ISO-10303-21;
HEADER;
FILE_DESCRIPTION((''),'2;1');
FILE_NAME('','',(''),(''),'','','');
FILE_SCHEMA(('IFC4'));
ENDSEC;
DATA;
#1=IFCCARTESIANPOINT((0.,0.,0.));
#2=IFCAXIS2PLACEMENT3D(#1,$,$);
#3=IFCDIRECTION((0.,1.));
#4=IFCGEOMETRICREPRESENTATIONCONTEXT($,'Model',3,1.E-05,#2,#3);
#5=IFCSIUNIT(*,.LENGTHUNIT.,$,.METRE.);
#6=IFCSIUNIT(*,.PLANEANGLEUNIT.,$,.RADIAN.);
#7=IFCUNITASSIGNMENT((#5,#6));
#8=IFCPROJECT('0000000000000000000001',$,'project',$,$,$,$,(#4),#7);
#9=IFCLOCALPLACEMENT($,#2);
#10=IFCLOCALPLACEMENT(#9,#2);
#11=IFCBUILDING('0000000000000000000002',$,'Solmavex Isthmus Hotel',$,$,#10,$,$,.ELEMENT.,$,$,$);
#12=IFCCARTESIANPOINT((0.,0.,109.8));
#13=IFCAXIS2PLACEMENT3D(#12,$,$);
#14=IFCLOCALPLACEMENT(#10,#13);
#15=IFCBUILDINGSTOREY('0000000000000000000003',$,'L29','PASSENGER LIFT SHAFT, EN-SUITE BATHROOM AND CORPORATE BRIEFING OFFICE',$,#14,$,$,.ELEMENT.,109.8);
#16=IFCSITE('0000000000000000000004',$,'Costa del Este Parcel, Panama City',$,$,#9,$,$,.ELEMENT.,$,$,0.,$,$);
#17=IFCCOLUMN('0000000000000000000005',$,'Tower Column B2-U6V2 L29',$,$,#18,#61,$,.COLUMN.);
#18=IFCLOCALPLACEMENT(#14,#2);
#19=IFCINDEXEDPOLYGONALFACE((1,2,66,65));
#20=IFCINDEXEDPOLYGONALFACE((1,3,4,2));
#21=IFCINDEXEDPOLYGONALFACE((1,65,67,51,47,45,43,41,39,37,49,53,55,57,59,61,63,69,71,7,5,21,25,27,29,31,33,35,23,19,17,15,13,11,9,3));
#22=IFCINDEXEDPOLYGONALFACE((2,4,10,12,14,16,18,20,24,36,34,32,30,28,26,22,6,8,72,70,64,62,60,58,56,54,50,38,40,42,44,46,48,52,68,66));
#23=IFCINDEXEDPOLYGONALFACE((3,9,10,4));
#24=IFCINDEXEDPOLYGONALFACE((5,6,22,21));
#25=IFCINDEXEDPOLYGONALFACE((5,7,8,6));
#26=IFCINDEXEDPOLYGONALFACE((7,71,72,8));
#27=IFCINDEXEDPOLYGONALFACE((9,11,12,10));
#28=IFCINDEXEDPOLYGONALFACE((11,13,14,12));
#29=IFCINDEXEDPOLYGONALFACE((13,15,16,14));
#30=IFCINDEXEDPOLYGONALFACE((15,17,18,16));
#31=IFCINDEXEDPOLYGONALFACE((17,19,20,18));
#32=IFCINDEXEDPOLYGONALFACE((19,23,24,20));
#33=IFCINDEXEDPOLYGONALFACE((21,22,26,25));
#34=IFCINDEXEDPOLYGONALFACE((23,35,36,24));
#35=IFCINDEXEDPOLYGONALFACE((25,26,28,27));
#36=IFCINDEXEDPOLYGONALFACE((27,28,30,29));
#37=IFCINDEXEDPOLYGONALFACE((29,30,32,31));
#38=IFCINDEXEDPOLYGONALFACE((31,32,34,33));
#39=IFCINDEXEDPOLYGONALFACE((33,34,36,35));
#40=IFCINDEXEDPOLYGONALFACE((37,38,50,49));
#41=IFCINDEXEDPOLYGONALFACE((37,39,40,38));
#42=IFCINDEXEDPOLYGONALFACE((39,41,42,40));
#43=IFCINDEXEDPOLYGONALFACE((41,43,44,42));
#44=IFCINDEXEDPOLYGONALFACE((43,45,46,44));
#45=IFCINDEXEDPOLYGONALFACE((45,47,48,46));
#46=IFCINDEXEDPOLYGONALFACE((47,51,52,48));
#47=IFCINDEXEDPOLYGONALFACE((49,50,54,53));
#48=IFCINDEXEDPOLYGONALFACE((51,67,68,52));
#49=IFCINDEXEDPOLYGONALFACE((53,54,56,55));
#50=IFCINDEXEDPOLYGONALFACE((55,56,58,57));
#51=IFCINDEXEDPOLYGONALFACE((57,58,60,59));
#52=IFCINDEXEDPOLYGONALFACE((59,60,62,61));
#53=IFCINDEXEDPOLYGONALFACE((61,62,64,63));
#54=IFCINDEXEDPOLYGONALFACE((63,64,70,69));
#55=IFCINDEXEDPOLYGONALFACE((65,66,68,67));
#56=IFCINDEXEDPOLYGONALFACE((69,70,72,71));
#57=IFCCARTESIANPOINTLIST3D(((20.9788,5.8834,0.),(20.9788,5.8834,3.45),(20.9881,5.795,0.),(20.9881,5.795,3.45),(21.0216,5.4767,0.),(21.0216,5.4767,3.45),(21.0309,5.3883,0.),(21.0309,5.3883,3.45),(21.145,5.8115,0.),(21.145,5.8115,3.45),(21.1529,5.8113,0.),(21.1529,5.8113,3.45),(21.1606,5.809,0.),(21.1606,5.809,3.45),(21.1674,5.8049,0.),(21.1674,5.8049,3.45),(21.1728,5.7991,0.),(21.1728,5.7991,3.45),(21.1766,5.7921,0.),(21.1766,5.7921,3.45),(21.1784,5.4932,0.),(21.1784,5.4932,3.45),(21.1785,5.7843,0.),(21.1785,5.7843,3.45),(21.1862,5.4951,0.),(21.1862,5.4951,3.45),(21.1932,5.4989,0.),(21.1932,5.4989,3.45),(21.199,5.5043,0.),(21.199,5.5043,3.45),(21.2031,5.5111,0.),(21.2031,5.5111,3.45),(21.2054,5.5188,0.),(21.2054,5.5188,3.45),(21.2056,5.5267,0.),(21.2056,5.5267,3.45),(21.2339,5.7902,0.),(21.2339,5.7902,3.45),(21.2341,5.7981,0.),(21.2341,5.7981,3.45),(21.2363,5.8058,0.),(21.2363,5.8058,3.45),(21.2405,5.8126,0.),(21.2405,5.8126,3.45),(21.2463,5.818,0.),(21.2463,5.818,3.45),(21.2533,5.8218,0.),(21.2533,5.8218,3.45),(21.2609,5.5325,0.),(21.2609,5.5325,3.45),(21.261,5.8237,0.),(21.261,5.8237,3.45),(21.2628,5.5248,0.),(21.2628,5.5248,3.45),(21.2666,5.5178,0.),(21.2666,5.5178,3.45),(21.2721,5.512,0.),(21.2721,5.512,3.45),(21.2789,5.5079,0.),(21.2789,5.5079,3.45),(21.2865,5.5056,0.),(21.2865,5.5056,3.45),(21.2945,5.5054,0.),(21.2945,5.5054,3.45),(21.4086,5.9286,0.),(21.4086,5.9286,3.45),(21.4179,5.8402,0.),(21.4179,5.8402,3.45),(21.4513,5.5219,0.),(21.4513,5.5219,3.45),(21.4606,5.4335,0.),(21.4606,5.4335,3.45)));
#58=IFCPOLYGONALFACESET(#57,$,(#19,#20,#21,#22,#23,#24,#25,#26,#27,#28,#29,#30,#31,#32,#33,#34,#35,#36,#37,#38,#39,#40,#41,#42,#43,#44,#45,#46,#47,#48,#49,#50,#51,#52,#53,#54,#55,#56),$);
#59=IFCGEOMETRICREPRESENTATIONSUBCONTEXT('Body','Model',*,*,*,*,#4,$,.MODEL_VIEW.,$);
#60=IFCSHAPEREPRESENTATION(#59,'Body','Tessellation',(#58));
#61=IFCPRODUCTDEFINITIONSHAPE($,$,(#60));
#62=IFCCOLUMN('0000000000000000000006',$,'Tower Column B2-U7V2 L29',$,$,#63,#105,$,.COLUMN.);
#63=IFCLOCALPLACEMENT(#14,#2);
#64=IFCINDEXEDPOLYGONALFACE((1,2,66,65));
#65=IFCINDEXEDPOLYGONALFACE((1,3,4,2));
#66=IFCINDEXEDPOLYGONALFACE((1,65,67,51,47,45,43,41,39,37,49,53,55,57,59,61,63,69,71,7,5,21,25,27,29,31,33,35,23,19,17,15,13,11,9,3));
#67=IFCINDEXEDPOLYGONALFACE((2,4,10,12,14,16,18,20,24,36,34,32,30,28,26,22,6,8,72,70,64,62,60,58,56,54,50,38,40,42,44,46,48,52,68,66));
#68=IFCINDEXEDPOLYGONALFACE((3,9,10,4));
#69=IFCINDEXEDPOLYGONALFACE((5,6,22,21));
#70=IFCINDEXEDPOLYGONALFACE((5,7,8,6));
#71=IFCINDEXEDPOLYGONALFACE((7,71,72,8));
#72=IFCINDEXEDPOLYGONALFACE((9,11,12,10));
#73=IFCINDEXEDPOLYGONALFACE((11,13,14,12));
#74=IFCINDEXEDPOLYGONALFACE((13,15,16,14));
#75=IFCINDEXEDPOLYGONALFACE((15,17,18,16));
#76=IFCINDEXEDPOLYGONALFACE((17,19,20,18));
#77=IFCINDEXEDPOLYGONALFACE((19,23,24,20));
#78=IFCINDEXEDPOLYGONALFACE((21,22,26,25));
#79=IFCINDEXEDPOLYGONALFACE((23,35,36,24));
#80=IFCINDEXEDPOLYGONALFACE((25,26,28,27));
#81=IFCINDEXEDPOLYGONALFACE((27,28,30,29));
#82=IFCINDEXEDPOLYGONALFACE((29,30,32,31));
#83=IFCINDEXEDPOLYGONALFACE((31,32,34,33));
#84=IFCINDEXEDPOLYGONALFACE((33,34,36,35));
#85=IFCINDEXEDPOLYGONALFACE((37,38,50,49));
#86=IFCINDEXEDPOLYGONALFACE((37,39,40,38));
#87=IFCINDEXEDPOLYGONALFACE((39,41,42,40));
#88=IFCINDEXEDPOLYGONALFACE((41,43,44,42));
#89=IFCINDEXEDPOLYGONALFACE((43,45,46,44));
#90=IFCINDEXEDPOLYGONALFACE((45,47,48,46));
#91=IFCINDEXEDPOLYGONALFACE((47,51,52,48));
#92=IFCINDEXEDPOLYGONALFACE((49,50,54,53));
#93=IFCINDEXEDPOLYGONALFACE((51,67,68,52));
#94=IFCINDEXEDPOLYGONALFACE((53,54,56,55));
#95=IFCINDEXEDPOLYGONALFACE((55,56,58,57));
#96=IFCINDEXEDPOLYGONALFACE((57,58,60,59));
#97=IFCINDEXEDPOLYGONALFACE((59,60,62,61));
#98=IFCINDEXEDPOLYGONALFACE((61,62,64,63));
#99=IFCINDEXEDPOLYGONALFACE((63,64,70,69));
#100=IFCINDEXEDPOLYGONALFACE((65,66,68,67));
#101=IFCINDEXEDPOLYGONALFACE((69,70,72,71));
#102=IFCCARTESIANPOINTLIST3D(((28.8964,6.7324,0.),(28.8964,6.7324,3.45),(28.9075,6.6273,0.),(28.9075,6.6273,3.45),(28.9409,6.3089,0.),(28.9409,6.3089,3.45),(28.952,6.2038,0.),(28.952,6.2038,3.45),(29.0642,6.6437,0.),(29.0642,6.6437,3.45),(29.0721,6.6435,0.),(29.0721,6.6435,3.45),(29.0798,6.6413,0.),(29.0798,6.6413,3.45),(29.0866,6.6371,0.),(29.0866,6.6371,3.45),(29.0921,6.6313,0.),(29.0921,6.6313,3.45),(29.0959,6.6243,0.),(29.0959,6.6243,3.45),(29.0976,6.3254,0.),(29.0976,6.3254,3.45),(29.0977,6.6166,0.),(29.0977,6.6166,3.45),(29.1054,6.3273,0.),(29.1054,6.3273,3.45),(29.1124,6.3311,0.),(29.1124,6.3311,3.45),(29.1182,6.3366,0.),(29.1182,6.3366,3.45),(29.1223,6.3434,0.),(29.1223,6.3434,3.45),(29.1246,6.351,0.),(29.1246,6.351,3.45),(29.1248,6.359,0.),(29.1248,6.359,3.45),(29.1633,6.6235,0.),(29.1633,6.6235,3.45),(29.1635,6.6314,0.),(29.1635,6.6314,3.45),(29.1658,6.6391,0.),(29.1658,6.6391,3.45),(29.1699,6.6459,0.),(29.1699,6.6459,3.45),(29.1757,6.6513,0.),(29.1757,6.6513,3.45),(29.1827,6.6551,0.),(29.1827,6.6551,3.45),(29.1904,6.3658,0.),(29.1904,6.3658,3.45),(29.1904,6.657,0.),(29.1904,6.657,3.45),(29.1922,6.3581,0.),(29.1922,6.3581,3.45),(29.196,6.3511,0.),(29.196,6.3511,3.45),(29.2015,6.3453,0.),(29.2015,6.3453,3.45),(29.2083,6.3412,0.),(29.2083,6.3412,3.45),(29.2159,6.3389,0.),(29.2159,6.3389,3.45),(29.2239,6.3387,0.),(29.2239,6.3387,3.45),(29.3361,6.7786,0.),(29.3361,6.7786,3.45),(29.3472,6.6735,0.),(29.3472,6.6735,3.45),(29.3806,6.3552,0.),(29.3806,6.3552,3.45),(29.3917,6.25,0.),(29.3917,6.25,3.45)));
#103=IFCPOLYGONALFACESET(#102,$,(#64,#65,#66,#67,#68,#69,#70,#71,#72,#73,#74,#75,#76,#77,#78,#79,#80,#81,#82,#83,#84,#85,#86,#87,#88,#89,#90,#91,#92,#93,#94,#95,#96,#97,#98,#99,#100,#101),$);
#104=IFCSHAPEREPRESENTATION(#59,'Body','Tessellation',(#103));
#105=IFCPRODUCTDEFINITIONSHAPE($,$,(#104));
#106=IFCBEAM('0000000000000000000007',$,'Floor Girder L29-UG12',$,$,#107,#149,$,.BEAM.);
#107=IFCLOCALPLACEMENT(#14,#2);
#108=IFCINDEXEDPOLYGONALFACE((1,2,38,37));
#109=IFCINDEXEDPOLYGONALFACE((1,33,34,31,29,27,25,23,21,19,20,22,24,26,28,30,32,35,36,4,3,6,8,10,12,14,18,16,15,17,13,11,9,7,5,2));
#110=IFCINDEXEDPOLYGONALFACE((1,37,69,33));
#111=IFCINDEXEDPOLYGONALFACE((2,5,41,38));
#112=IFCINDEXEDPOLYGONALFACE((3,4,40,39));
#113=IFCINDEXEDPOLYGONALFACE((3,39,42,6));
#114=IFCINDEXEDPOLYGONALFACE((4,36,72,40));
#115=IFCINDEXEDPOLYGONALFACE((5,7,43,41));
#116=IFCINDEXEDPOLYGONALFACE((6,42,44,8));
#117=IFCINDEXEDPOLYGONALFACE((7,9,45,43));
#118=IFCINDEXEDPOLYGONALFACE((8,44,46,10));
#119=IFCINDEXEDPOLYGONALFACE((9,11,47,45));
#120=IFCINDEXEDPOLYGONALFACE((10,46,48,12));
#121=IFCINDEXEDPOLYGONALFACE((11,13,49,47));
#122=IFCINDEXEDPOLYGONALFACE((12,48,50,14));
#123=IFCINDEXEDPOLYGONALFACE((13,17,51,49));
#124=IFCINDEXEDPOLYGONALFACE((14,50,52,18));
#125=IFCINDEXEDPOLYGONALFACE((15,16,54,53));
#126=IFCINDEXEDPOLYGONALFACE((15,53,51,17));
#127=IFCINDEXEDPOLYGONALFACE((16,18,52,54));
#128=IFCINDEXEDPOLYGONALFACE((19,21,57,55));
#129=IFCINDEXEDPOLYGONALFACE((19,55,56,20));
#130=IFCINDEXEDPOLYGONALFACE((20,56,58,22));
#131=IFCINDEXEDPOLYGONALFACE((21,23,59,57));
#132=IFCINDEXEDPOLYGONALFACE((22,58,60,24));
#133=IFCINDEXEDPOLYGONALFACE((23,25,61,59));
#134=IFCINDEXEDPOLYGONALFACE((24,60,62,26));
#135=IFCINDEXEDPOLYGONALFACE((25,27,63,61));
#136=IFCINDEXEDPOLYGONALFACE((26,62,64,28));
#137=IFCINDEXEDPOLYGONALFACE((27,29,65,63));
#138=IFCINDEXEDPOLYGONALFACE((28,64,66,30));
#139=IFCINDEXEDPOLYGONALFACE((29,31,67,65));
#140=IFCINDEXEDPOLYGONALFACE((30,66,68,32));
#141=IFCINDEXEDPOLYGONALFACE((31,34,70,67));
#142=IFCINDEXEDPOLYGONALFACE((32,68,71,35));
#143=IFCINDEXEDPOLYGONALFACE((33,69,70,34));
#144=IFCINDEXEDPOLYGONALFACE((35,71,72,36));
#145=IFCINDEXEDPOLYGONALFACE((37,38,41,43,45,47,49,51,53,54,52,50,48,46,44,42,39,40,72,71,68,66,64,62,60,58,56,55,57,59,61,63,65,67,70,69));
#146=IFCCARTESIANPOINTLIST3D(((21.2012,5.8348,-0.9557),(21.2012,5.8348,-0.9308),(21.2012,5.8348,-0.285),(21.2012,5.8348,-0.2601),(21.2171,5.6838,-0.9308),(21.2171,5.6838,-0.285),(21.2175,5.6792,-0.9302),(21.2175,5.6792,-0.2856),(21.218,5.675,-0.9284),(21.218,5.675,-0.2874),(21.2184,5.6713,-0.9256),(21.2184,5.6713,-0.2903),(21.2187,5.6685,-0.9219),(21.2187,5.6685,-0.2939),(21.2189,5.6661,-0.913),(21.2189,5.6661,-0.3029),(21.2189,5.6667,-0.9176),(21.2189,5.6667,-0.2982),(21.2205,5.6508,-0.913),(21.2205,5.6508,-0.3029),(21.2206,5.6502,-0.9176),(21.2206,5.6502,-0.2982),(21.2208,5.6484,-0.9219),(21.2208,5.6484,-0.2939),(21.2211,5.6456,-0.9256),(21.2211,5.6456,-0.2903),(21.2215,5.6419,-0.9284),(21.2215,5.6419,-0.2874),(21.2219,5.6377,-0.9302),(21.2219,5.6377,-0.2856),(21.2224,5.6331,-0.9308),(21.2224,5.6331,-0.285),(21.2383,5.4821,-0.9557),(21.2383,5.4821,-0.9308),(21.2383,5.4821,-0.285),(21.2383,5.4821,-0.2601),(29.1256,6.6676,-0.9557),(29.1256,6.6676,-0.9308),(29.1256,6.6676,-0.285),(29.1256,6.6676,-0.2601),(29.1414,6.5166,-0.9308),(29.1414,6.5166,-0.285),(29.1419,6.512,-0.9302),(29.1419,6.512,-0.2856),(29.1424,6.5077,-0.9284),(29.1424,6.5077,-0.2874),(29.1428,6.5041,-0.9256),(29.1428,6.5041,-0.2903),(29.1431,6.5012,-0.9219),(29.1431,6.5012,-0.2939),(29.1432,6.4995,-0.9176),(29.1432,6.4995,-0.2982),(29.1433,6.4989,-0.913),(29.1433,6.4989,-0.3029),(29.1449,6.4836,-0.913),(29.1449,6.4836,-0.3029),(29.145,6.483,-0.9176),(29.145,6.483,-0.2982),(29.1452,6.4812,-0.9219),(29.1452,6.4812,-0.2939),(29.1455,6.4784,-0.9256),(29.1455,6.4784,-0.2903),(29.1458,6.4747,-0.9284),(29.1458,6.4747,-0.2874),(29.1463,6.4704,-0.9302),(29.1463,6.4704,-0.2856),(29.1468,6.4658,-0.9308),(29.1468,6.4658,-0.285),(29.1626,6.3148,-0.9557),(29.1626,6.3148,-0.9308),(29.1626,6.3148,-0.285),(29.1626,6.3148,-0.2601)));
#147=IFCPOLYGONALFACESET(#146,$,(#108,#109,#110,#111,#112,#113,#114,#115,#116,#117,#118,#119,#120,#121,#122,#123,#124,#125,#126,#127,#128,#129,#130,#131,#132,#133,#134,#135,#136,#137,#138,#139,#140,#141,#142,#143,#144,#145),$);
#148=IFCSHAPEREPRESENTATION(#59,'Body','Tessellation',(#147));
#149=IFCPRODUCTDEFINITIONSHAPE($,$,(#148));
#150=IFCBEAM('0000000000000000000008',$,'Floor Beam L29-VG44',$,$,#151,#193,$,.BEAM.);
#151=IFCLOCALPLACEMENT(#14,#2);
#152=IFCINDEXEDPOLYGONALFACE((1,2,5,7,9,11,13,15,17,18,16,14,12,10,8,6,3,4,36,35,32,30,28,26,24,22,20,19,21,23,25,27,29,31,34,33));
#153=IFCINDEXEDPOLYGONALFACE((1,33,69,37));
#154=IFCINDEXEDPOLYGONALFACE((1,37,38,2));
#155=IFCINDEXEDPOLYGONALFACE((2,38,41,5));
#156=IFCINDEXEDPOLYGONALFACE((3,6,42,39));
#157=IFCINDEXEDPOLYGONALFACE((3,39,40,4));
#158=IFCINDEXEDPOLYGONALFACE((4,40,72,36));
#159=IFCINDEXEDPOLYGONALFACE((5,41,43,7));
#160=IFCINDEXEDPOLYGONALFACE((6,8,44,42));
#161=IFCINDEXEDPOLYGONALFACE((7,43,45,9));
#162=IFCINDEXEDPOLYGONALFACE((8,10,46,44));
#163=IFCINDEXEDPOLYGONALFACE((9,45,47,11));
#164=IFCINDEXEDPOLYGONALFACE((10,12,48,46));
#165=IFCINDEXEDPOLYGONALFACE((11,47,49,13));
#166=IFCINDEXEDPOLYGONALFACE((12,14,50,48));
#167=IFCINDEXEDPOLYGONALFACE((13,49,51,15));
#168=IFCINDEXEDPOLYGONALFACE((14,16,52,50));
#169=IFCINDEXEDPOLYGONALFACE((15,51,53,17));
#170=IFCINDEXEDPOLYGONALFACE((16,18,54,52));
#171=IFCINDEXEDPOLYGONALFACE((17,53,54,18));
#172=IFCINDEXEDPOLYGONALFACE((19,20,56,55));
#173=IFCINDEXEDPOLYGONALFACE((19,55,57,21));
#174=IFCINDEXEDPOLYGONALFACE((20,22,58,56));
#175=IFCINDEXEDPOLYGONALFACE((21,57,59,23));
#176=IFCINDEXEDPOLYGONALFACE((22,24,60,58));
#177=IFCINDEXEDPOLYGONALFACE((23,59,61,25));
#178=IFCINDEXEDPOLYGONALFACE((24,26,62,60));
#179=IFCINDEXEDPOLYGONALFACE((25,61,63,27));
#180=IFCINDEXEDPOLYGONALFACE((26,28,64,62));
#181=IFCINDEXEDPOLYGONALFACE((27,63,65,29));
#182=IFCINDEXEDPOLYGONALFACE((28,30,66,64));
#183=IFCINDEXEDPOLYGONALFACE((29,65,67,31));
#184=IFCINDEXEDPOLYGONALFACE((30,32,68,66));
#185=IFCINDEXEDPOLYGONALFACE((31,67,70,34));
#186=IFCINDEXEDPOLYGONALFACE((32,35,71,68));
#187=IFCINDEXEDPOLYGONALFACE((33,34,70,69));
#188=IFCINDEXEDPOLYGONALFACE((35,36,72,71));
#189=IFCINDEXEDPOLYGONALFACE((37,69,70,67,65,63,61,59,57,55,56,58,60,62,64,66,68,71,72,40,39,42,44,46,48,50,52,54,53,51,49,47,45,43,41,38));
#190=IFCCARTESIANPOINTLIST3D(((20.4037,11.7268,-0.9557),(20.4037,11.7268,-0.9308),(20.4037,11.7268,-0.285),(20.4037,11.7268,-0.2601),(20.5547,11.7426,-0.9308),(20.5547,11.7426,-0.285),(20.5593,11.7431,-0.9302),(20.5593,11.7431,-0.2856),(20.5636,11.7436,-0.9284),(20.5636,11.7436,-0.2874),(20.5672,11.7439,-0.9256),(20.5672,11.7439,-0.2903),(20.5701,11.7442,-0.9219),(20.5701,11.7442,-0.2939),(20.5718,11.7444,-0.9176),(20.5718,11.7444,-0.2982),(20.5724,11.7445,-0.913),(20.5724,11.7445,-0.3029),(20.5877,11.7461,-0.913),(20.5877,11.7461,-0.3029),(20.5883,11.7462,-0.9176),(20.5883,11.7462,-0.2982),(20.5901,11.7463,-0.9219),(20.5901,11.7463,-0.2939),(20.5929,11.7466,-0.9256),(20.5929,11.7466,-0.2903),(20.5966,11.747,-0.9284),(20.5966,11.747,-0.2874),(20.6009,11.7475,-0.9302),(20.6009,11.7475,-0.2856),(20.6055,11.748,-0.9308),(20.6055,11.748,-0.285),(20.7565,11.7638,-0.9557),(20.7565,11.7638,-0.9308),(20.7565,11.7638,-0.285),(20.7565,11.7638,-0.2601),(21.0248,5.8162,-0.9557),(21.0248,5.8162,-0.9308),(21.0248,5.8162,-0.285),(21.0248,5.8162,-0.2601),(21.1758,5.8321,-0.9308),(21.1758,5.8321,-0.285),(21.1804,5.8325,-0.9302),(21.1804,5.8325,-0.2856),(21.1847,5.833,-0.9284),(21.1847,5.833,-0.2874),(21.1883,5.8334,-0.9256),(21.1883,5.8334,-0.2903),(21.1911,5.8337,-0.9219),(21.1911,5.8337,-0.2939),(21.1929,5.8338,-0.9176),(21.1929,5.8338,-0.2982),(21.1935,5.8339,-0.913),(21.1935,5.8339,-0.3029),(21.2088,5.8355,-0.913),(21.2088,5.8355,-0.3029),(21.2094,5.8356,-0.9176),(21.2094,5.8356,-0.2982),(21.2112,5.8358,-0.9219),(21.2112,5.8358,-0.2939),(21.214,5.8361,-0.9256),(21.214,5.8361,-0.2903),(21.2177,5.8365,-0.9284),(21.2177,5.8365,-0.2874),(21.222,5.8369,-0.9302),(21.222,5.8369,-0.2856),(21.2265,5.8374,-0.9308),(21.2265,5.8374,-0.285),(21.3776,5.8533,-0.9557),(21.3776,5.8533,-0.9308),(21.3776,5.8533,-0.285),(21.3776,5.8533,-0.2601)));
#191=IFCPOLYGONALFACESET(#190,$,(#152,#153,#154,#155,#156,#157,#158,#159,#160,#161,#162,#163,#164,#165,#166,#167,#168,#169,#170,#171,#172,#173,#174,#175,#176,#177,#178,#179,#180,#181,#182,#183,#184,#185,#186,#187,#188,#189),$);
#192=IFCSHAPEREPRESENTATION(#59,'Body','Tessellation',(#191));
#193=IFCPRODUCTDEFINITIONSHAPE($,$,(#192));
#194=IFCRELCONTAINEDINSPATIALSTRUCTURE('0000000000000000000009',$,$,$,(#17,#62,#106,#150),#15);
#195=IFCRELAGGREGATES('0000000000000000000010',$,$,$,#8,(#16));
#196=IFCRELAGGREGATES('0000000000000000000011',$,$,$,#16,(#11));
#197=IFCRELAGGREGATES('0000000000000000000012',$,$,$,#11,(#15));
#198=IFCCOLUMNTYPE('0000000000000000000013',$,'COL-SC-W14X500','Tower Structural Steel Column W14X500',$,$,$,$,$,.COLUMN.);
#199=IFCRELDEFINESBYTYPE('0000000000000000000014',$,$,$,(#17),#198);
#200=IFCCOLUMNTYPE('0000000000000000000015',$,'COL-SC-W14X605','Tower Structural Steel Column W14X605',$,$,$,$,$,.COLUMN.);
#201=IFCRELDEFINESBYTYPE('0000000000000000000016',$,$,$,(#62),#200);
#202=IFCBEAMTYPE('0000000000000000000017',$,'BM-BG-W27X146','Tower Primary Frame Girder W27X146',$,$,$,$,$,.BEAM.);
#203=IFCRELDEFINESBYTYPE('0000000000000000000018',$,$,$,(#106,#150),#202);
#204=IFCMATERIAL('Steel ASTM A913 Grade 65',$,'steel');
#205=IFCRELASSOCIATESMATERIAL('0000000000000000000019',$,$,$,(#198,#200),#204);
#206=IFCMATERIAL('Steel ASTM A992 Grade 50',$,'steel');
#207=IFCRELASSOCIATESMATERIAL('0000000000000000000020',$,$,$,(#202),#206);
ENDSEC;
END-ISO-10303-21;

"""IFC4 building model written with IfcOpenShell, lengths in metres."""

from ifc_helpers import new_model, si_unit, direction, frame, origin, origin_2d, place, context, subcontext, project, spatial, i_section, extrude, material, material_profile, profile_set, type_object, element, save


model = new_model("IFC4")

# Units and contexts
model_context = context("Model", 3, precision=1e-05, world=origin(), true_north=direction((0.0, 1.0)))
body_context = subcontext(model_context, "Body", "Model", "MODEL_VIEW")
ifc_project = project(units=[si_unit("LENGTHUNIT", "METRE"), si_unit("PLANEANGLEUNIT", "RADIAN")], contexts=[model_context])

# Site, building, storey
site_placement = place(None, origin())
site = spatial("IfcSite", under=ifc_project, at=site_placement, Name="Costa del Este Parcel, Panama City", CompositionType="ELEMENT", RefElevation=0.0)
building_placement = place(site_placement, origin())
building = spatial("IfcBuilding", under=site, at=building_placement, Name="Solmavex Isthmus Hotel", CompositionType="ELEMENT")
storey_placement = place(building_placement, frame((0.0, 0.0, 109.8)))
storey = spatial("IfcBuildingStorey", under=building, at=storey_placement, Name="L29", Description="PASSENGER LIFT SHAFT, EN-SUITE BATHROOM AND CORPORATE BRIEFING OFFICE", CompositionType="ELEMENT", Elevation=109.8)

# Columns
ifc_material_1 = material(Name="Steel ASTM A913 Grade 65", Category="steel")
ifc_material_profile_1 = material_profile(ifc_material_1, i_section(OverallWidth=0.4321, OverallDepth=0.4978, WebThickness=0.0557, FlangeThickness=0.0889, FilletRadius=0.0305, at=origin_2d()), Name="W14X500")
ifc_profile_set_1 = profile_set([ifc_material_profile_1], Name="Steel ASTM A913 Grade 65")
column_type_1 = type_object("IfcColumnType", Name="COL-SC-W14X500", Description="Tower Structural Steel Column W14X500", PredefinedType="COLUMN", material=ifc_profile_set_1)
column_1_placement = place(storey_placement, frame((21.2197, 5.6584, 0.0), z_axis=(0.0, 0.0, 1.0), x_axis=(0.994522, 0.104528, 0.0)))
element("IfcColumn", 1, at=column_1_placement, inside=storey, type_object=column_type_1, Name="Tower Column B2-U6V2 L29", PredefinedType="COLUMN", context=body_context, shape_type="SweptSolid", body=[
    extrude(i_section(OverallWidth=0.4321, OverallDepth=0.4978, WebThickness=0.0557, FlangeThickness=0.0889, FilletRadius=0.0305, at=origin_2d()), origin(), (0.0, 0.0, 1.0), 3.45),
])
ifc_material_profile_2 = material_profile(ifc_material_1, i_section(OverallWidth=0.4421, OverallDepth=0.5315, WebThickness=0.0659, FlangeThickness=0.1057, FilletRadius=0.0305, at=origin_2d()), Name="W14X605")
ifc_profile_set_2 = profile_set([ifc_material_profile_2], Name="Steel ASTM A913 Grade 65")
column_type_2 = type_object("IfcColumnType", Name="COL-SC-W14X605", Description="Tower Structural Steel Column W14X605", PredefinedType="COLUMN", material=ifc_profile_set_2)
column_2_placement = place(storey_placement, frame((29.144, 6.4912, 0.0), z_axis=(0.0, 0.0, 1.0), x_axis=(0.994522, 0.104528, 0.0)))
element("IfcColumn", 2, at=column_2_placement, inside=storey, type_object=column_type_2, Name="Tower Column B2-U7V2 L29", PredefinedType="COLUMN", context=body_context, shape_type="SweptSolid", body=[
    extrude(i_section(OverallWidth=0.4421, OverallDepth=0.5315, WebThickness=0.0659, FlangeThickness=0.1057, FilletRadius=0.0305, at=origin_2d()), origin(), (0.0, 0.0, 1.0), 3.45),
])

# Beams
ifc_material_2 = material(Name="Steel ASTM A992 Grade 50", Category="steel")
ifc_material_profile_3 = material_profile(ifc_material_2, i_section(OverallWidth=0.3547, OverallDepth=0.6956, WebThickness=0.0154, FlangeThickness=0.0249, FilletRadius=0.0178, at=origin_2d()), Name="W27X146")
ifc_profile_set_3 = profile_set([ifc_material_profile_3], Name="Steel ASTM A992 Grade 50")
beam_type_1 = type_object("IfcBeamType", Name="BM-BG-W27X146", Description="Tower Primary Frame Girder W27X146", PredefinedType="BEAM", material=ifc_profile_set_3)
beam_1_placement = place(storey_placement, frame((21.2197, 5.6584, -0.6079), z_axis=(0.994523, 0.104514, 0.0), x_axis=(-0.104514, 0.994523, 0.0)))
element("IfcBeam", 3, at=beam_1_placement, inside=storey, type_object=beam_type_1, Name="Floor Girder L29-UG12", PredefinedType="BEAM", context=body_context, shape_type="SweptSolid", body=[
    extrude(i_section(OverallWidth=0.3547, OverallDepth=0.6956, WebThickness=0.0154, FlangeThickness=0.0249, FilletRadius=0.0178, at=origin_2d()), origin(), (0.0, 0.0, 1.0), 7.968),
])
beam_2_placement = place(storey_placement, frame((21.2012, 5.8347, -0.6079), z_axis=(-0.104505, 0.994524, 0.0), x_axis=(-0.994524, -0.104505, 0.0)))
element("IfcBeam", 4, at=beam_2_placement, inside=storey, type_object=beam_type_1, Name="Floor Beam L29-VG44", PredefinedType="BEAM", context=body_context, shape_type="SweptSolid", body=[
    extrude(i_section(OverallWidth=0.3547, OverallDepth=0.6956, WebThickness=0.0154, FlangeThickness=0.0249, FilletRadius=0.0178, at=origin_2d()), origin(), (0.0, 0.0, 1.0), 5.9431),
])

save(model, "model.ifc")
